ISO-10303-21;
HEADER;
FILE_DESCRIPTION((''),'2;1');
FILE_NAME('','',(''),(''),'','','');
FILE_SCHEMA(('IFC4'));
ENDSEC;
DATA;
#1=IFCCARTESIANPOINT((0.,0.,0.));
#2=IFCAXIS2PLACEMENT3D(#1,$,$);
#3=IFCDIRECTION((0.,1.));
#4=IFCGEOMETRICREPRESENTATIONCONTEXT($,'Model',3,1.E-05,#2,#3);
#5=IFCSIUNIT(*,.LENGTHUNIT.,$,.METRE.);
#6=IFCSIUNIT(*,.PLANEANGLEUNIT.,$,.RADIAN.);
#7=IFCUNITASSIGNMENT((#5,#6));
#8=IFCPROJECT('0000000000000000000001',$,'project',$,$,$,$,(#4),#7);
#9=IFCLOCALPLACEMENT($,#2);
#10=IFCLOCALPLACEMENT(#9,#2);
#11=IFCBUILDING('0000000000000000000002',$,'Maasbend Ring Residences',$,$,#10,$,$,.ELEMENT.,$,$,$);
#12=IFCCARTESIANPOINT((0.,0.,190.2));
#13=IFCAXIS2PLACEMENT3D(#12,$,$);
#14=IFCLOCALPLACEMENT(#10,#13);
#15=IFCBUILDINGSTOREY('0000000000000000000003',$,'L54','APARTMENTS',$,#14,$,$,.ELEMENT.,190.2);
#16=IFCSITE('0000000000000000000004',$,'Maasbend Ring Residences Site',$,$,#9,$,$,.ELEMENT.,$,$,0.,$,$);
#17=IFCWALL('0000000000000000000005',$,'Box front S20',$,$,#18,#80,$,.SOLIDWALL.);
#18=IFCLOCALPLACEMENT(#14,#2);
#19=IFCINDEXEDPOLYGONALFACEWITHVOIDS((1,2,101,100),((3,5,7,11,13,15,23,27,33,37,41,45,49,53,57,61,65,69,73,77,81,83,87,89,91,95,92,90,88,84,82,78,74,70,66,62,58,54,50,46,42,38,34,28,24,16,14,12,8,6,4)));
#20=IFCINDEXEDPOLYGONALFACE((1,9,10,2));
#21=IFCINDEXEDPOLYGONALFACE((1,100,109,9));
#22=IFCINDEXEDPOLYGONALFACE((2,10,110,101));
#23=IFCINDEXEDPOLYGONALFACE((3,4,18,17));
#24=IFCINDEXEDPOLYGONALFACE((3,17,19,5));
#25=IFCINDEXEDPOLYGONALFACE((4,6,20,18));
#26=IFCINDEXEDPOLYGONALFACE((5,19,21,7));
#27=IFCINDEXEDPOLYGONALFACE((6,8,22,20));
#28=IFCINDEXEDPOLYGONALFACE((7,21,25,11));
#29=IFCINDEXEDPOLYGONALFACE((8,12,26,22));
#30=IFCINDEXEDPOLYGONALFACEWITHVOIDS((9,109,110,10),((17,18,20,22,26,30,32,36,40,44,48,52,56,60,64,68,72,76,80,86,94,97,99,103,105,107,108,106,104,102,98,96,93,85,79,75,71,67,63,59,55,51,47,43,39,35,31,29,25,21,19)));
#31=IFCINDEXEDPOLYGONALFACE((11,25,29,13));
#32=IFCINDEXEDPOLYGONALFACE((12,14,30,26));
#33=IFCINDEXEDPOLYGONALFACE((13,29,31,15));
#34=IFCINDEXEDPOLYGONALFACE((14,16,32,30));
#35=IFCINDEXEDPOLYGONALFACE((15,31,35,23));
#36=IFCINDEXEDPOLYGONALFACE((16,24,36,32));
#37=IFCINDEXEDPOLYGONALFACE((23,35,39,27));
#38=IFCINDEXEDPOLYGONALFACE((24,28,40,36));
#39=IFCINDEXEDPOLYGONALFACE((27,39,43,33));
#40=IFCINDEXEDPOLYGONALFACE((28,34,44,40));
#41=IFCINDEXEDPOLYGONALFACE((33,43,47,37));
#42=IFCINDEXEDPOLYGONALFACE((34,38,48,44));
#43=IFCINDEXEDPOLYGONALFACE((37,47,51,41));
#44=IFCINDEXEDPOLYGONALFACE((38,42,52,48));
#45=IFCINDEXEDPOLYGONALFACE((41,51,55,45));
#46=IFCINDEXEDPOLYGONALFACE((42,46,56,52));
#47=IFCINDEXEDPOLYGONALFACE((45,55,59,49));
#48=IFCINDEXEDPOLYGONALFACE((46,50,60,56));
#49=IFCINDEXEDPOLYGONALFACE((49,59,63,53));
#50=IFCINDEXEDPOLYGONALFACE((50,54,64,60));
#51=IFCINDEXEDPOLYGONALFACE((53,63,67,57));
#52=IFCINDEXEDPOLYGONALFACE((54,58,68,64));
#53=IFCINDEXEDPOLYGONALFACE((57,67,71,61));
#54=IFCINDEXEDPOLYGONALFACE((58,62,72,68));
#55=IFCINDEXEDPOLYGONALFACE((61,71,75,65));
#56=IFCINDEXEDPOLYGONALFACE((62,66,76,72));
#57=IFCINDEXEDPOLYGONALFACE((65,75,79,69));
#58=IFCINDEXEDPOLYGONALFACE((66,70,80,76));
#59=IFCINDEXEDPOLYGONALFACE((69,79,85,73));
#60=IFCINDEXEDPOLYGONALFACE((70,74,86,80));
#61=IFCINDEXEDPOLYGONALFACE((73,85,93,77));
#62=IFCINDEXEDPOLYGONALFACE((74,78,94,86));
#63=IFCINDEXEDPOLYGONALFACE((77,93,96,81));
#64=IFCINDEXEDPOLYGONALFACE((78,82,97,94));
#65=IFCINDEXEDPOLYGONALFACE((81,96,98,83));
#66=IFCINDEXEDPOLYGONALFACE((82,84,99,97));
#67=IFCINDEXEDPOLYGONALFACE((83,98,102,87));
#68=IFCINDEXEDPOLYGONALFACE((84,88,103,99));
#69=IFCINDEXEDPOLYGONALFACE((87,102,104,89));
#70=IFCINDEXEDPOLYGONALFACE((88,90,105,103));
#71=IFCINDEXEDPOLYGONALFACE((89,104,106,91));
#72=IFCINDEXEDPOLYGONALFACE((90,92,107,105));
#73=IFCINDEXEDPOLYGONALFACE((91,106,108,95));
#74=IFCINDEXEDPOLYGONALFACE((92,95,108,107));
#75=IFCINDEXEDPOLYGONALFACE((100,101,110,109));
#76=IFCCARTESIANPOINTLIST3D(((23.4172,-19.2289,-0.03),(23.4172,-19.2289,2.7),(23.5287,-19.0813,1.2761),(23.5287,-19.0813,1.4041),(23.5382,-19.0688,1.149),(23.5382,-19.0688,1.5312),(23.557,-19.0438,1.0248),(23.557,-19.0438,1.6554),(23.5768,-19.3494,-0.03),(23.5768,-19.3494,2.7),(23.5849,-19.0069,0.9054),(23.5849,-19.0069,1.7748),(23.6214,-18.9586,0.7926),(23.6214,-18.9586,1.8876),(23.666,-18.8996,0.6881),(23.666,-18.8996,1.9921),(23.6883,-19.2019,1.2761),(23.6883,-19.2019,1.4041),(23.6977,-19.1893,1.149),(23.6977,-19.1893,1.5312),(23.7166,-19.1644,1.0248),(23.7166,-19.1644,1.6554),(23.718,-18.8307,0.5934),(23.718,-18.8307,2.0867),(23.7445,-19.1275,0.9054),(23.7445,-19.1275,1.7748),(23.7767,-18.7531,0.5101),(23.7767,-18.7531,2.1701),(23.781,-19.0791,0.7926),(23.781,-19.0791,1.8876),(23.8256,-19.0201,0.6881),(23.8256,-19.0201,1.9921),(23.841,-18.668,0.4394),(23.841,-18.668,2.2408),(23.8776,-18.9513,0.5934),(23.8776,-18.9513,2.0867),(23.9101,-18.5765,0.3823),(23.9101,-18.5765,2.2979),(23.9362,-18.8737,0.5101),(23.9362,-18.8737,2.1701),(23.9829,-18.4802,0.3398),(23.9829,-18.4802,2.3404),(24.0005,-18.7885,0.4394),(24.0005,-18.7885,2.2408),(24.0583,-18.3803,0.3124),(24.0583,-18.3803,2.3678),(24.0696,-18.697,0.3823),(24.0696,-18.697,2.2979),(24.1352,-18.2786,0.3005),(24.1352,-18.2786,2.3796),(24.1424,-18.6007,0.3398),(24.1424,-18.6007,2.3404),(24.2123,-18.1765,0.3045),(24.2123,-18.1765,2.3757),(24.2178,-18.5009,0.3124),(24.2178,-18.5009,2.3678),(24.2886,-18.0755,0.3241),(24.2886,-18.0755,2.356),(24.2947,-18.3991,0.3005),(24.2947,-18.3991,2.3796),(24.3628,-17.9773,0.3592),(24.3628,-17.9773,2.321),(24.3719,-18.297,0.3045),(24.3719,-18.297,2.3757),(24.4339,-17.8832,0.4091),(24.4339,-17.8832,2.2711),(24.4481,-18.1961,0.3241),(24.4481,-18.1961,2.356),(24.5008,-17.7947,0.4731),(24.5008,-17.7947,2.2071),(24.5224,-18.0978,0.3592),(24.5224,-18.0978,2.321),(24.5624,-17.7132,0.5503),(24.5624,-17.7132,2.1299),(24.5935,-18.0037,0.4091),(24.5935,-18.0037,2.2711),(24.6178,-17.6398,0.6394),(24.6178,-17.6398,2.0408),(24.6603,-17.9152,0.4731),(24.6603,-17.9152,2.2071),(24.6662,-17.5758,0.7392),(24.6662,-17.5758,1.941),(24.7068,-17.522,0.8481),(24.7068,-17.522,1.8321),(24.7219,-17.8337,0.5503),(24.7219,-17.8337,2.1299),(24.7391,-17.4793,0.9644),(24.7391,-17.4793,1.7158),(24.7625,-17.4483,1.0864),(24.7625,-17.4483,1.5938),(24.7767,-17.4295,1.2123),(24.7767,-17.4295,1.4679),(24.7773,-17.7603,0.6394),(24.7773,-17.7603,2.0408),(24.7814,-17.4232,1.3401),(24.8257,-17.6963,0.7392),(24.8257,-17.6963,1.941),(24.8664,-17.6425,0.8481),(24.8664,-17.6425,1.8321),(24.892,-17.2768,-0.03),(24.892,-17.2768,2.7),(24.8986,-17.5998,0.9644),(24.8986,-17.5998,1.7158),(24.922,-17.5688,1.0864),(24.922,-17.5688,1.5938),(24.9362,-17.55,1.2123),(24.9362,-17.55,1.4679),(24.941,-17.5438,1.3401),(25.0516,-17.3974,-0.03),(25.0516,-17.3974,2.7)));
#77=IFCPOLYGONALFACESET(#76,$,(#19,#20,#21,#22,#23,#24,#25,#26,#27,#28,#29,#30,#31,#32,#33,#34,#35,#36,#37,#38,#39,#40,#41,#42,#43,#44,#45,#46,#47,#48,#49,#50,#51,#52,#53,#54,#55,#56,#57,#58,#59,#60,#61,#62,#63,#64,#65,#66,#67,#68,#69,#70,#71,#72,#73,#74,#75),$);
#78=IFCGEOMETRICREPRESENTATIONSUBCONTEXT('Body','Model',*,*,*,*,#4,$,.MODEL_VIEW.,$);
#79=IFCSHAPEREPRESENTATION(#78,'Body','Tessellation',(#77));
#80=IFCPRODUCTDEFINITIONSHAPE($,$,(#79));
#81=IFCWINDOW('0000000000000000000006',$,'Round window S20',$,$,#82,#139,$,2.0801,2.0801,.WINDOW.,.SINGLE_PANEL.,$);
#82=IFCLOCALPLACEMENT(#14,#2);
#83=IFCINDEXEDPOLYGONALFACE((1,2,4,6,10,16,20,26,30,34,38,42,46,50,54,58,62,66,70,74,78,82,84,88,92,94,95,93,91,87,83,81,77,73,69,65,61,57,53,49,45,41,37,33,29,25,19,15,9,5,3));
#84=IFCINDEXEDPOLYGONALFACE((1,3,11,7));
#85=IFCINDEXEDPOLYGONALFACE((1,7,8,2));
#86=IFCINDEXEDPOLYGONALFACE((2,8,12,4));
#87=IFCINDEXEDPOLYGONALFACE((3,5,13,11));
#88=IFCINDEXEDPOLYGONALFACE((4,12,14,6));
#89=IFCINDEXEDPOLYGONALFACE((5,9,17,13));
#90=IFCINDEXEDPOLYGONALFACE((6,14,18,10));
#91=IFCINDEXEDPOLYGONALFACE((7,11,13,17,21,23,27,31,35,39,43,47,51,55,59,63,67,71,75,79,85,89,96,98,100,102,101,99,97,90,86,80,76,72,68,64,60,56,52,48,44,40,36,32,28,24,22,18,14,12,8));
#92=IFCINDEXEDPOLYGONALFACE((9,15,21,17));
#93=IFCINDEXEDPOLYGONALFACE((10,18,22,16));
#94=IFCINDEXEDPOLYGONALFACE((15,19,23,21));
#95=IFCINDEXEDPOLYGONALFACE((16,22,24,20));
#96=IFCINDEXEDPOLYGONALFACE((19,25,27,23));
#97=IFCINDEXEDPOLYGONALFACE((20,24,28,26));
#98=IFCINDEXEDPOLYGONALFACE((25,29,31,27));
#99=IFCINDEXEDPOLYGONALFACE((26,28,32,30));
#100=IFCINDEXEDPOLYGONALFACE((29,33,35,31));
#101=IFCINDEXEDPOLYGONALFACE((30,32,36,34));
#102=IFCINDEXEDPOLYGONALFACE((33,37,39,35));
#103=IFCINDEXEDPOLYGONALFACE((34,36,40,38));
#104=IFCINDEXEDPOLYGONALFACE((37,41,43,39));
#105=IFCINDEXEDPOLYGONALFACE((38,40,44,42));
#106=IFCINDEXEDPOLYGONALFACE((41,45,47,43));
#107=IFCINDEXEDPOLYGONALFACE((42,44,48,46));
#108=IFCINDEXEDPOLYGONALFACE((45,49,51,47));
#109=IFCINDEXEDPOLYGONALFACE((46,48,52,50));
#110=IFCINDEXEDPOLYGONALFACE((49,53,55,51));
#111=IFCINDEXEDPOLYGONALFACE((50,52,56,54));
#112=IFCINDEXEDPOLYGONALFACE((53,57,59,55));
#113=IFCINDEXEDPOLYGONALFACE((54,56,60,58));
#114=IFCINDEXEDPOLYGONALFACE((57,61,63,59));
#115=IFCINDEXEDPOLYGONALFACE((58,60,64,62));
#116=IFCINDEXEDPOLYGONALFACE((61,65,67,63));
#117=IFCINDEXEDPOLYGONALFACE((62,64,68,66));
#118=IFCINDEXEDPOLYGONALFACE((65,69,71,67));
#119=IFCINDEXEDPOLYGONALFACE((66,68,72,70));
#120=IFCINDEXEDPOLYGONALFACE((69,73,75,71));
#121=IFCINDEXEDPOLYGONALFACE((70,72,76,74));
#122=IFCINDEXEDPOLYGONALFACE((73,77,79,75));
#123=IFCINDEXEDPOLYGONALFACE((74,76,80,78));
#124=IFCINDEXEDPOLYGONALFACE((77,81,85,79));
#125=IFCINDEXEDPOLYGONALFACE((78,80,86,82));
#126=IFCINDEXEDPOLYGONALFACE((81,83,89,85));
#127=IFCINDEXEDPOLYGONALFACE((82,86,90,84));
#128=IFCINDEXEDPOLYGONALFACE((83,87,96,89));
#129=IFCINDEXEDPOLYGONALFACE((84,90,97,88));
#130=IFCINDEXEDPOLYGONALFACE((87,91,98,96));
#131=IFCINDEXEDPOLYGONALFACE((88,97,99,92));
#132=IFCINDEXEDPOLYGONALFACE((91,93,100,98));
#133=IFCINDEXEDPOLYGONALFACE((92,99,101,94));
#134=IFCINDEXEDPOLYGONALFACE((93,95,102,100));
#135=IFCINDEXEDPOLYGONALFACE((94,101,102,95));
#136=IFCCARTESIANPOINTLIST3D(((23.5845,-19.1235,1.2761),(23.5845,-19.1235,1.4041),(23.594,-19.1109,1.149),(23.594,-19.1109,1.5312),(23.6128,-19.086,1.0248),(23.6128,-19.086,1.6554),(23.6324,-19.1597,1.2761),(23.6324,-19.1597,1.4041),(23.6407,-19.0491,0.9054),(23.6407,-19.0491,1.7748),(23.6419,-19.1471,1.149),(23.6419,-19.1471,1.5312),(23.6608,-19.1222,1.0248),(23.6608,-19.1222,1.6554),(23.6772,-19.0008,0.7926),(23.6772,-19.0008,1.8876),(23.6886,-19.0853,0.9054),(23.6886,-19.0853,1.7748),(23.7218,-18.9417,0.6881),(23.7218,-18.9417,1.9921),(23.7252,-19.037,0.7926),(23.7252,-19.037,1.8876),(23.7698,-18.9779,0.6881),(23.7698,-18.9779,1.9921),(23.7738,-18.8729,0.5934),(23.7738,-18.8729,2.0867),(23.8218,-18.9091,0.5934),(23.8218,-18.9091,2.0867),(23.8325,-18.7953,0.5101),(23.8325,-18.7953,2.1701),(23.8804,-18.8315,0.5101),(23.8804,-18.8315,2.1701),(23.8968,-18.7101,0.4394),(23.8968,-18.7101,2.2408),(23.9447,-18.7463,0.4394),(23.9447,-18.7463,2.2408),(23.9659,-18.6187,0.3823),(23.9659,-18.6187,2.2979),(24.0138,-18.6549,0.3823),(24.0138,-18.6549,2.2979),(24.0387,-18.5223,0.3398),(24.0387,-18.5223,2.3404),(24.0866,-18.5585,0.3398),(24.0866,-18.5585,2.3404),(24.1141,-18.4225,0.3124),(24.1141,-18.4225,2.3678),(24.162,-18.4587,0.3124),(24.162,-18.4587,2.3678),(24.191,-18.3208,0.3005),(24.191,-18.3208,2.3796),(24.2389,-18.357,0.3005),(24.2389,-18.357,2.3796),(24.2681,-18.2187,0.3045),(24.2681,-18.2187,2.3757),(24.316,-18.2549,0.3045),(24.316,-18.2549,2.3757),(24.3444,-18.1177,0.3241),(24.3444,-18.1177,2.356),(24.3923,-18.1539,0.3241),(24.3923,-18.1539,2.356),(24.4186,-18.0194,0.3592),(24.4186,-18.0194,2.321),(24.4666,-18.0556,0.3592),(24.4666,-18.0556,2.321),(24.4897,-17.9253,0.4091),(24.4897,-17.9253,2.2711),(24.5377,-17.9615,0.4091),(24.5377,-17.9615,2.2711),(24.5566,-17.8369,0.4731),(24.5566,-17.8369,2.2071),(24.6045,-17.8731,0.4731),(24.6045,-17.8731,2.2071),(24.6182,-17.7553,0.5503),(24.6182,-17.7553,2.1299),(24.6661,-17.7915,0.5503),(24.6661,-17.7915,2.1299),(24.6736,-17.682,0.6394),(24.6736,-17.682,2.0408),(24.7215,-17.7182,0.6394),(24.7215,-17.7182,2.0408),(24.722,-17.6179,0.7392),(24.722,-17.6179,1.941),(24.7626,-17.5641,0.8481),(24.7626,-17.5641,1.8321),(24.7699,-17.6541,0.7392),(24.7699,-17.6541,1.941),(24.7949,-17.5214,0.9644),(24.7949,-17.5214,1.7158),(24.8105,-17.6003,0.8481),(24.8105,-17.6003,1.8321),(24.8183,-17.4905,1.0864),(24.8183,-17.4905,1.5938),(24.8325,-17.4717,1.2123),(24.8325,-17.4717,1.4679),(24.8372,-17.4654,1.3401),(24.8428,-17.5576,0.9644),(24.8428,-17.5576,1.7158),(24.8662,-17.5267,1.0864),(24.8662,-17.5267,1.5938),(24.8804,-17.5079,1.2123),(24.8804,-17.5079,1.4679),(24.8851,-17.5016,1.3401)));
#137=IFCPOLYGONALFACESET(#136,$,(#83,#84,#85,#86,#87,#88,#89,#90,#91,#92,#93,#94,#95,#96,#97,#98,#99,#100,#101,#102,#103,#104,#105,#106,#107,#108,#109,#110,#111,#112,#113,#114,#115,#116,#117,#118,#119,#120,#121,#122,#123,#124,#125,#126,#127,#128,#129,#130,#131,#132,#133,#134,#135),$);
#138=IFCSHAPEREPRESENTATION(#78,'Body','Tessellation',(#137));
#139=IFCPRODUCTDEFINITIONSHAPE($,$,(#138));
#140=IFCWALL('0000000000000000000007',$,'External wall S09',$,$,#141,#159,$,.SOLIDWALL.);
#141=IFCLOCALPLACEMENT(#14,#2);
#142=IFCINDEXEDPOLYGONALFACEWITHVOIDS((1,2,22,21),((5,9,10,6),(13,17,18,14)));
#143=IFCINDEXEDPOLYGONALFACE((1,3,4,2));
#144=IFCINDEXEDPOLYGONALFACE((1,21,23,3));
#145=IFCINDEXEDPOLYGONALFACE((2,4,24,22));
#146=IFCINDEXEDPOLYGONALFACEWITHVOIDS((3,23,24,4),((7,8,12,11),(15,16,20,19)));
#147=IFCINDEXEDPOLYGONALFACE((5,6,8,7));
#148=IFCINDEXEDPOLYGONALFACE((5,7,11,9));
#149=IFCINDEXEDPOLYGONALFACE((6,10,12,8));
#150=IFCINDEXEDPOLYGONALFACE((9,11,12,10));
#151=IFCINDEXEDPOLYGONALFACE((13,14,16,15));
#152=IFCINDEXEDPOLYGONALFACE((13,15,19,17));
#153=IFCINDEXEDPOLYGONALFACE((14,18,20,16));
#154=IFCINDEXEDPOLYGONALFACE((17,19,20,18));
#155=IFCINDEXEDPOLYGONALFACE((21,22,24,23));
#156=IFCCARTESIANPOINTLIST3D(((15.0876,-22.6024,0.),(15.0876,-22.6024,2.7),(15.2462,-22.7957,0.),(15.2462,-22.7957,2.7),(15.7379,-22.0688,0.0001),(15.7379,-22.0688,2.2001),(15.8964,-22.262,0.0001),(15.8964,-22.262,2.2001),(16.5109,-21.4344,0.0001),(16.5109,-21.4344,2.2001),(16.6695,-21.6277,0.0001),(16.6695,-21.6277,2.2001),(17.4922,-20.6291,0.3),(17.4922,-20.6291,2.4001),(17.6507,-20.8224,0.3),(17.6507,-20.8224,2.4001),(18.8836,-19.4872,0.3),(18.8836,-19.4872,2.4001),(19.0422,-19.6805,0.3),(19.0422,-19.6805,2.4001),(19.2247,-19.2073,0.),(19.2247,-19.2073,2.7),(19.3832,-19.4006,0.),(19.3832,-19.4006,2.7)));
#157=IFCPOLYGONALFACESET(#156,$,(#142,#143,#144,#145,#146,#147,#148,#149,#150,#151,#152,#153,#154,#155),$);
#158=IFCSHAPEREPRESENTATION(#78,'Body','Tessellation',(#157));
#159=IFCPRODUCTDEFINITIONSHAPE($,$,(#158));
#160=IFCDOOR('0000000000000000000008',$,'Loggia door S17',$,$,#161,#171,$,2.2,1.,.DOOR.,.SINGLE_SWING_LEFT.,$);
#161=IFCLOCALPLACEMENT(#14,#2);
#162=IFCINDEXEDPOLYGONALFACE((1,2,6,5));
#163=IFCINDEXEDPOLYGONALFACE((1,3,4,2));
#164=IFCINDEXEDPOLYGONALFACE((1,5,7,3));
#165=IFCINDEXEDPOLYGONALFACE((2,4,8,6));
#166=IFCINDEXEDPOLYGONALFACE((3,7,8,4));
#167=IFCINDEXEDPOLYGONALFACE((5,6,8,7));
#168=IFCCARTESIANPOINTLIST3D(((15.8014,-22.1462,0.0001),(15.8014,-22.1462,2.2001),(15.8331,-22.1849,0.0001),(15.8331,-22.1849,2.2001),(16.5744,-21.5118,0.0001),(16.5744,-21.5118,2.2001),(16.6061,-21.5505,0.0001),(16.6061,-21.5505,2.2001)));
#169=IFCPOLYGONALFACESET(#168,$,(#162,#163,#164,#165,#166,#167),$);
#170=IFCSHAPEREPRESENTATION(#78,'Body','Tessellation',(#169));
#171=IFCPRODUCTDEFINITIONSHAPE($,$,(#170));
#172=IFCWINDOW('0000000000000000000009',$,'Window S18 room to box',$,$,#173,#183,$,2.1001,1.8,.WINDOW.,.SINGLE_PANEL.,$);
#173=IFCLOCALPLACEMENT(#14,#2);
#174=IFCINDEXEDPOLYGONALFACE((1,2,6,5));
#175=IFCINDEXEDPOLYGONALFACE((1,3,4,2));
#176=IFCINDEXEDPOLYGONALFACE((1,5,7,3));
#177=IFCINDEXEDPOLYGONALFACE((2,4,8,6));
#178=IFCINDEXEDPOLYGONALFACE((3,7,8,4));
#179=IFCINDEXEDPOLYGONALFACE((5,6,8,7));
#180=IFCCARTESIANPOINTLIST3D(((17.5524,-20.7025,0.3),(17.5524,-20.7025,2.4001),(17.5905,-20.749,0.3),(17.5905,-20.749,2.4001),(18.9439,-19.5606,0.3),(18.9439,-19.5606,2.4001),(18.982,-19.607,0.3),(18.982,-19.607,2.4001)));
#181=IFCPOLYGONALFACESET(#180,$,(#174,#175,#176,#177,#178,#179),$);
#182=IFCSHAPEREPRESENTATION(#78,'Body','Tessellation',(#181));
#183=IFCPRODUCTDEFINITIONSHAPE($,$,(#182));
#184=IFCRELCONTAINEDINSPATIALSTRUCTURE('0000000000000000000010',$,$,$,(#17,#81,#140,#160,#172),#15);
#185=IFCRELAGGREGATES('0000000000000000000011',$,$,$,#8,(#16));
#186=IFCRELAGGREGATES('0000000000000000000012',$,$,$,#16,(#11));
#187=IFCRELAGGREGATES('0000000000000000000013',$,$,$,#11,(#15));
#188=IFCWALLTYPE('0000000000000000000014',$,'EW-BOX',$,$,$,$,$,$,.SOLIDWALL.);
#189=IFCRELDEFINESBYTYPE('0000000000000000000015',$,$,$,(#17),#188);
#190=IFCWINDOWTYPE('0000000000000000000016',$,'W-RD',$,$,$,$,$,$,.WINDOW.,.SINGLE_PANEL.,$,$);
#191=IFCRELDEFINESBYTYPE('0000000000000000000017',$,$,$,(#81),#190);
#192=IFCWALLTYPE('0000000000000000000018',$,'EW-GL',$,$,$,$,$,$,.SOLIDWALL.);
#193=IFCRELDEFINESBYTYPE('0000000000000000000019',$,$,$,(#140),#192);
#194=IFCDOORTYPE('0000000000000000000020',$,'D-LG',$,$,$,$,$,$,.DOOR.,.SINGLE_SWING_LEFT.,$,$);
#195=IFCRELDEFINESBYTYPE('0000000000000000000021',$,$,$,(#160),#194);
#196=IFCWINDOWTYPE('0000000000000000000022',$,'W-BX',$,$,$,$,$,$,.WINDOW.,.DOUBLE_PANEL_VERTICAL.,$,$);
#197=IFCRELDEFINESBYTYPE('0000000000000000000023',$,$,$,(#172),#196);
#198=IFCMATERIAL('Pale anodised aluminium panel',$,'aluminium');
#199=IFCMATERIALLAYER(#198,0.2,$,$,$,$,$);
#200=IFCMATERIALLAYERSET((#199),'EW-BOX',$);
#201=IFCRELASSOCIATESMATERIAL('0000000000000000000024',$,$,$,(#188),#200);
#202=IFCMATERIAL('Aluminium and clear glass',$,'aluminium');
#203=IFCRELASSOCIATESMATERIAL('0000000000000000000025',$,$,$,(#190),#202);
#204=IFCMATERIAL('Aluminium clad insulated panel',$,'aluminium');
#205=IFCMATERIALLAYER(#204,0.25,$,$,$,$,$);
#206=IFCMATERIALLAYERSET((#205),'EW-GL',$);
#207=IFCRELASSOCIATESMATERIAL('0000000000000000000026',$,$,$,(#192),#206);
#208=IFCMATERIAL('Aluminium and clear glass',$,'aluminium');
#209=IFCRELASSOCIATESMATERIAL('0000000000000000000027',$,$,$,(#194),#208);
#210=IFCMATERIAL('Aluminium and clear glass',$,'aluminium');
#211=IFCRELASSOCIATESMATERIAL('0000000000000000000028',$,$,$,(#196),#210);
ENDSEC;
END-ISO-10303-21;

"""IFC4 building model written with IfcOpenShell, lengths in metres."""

from ifc_helpers import new_model, si_unit, direction, frame, frame_2d, origin, place, context, subcontext, project, spatial, rectangle, circle, extrude, material, layer, layer_set, type_object, element, fill, save


model = new_model("IFC4")

# Units and contexts
model_context = context("Model", 3, precision=1e-05, world=origin(), true_north=direction((0.0, 1.0)))
body_context = subcontext(model_context, "Body", "Model", "MODEL_VIEW")
ifc_project = project(units=[si_unit("LENGTHUNIT", "METRE"), si_unit("PLANEANGLEUNIT", "RADIAN")], contexts=[model_context])

# Site, building, storey
site_placement = place(None, origin())
site = spatial("IfcSite", under=ifc_project, at=site_placement, Name="Maasbend Ring Residences Site", CompositionType="ELEMENT", RefElevation=0.0)
building_placement = place(site_placement, origin())
building = spatial("IfcBuilding", under=site, at=building_placement, Name="Maasbend Ring Residences", CompositionType="ELEMENT")
storey_placement = place(building_placement, frame((0.0, 0.0, 190.2)))
storey = spatial("IfcBuildingStorey", under=building, at=storey_placement, Name="L54", Description="APARTMENTS", CompositionType="ELEMENT", Elevation=190.2)

# Shared definitions
ifc_material_1 = material(Name="Pale anodised aluminium panel", Category="aluminium")
ifc_layer_1 = layer(ifc_material_1, 0.2)
ifc_layer_set_1 = layer_set([ifc_layer_1], Name="EW-BOX")
wall_type_1 = type_object("IfcWallType", Name="EW-BOX", PredefinedType="SOLIDWALL", material=ifc_layer_set_1)
ifc_material_2 = material(Name="Aluminium and clear glass", Category="aluminium")
window_type_1 = type_object("IfcWindowType", Name="W-RD", PartitioningType="SINGLE_PANEL", PredefinedType="WINDOW", material=ifc_material_2)

# Wall, opening, window
wall_1_placement = place(storey_placement, frame((23.4971, -19.2891, -0.03), z_axis=(0.0, 0.0, 1.0), x_axis=(0.602806, 0.797888, 0.0)))
wall_1 = element("IfcWall", 1, at=wall_1_placement, inside=storey, type_object=wall_type_1, Name="Box front S20", PredefinedType="SOLIDWALL", context=body_context, shape_type="SweptSolid", body=[
    extrude(rectangle(XDim=2.4465, YDim=0.2, at=frame_2d((1.2231, 0.0))), origin(), (0.0, 0.0, 1.0), 2.73),
])
opening_1_placement = place(wall_1_placement, frame((0.1829, 0.0, 0.3301)))
opening_1 = element("IfcOpeningElement", 2, at=opening_1_placement, cuts=wall_1, PredefinedType="OPENING", context=body_context, shape_type="SweptSolid", body=[
    extrude(circle(Radius=1.04, at=frame_2d((1.04, 1.04))), frame((0.0, 0.1099, 0.0), z_axis=(0.0, -1.0, 0.0), x_axis=(1.0, 0.0, 0.0)), (0.0, 0.0, 1.0), 0.22),
])
window_1_placement = place(opening_1_placement, origin())
window_1 = element("IfcWindow", 3, at=window_1_placement, inside=storey, type_object=window_type_1, Name="Round window S20", OverallHeight=2.0801, OverallWidth=2.0801, PartitioningType="SINGLE_PANEL", PredefinedType="WINDOW", context=body_context, shape_type="SweptSolid", body=[
    extrude(circle(Radius=1.04, at=frame_2d((1.04, 1.04))), frame((0.0, 0.03, 0.0), z_axis=(0.0, -1.0, 0.0), x_axis=(1.0, 0.0, 0.0)), (0.0, 0.0, 1.0), 0.0601),
])
fill(opening_1, window_1)

# Wall, openings, door, window
ifc_material_3 = material(Name="Aluminium clad insulated panel", Category="aluminium")
ifc_layer_2 = layer(ifc_material_3, 0.25)
ifc_layer_set_2 = layer_set([ifc_layer_2], Name="EW-GL")
wall_type_2 = type_object("IfcWallType", Name="EW-GL", PredefinedType="SOLIDWALL", material=ifc_layer_set_2)
wall_2_placement = place(storey_placement, frame((15.167, -22.699, 0.0), z_axis=(0.0, 0.0, 1.0), x_axis=(0.773019, 0.634382, 0.0)))
wall_2 = element("IfcWall", 4, at=wall_2_placement, inside=storey, type_object=wall_type_2, Name="External wall S09", PredefinedType="SOLIDWALL", context=body_context, shape_type="SweptSolid", body=[
    extrude(rectangle(XDim=5.3518, YDim=0.25, at=frame_2d((2.6758, 0.0))), origin(), (0.0, 0.0, 1.0), 2.7),
])
opening_2_placement = place(wall_2_placement, frame((0.8411, 0.0, 0.0)))
opening_2 = element("IfcOpeningElement", 5, at=opening_2_placement, cuts=wall_2, PredefinedType="OPENING", context=body_context, shape_type="SweptSolid", body=[
    extrude(rectangle(XDim=1.0, YDim=2.2, at=frame_2d((0.5, 1.1001))), frame((0.0, 0.135, 0.0), z_axis=(0.0, -1.0, 0.0), x_axis=(1.0, 0.0, 0.0)), (0.0, 0.0, 1.0), 0.27),
])
opening_3_placement = place(wall_2_placement, frame((3.1106, 0.0, 0.3)))
opening_3 = element("IfcOpeningElement", 6, at=opening_3_placement, cuts=wall_2, PredefinedType="OPENING", context=body_context, shape_type="SweptSolid", body=[
    extrude(rectangle(XDim=1.8, YDim=2.1001, at=frame_2d((0.8999, 1.05))), frame((0.0, 0.135, 0.0), z_axis=(0.0, -1.0, 0.0), x_axis=(1.0, 0.0, 0.0)), (0.0, 0.0, 1.0), 0.27),
])
ifc_material_4 = material(Name="Aluminium and clear glass", Category="aluminium")
door_type_1 = type_object("IfcDoorType", Name="D-LG", OperationType="SINGLE_SWING_LEFT", PredefinedType="DOOR", material=ifc_material_4)
door_1_placement = place(opening_2_placement, origin())
door_1 = element("IfcDoor", 7, at=door_1_placement, inside=storey, type_object=door_type_1, Name="Loggia door S17", OperationType="SINGLE_SWING_LEFT", OverallHeight=2.2, OverallWidth=1.0, PredefinedType="DOOR", context=body_context, shape_type="SweptSolid", body=[
    extrude(rectangle(XDim=1.0, YDim=2.2, at=frame_2d((0.5, 1.1001))), frame((0.0, 0.0249, 0.0), z_axis=(0.0, -1.0, 0.0), x_axis=(1.0, 0.0, 0.0)), (0.0, 0.0, 1.0), 0.05),
])
fill(opening_2, door_1)
ifc_material_5 = material(Name="Aluminium and clear glass", Category="aluminium")
window_type_2 = type_object("IfcWindowType", Name="W-BX", PartitioningType="DOUBLE_PANEL_VERTICAL", PredefinedType="WINDOW", material=ifc_material_5)
window_2_placement = place(opening_3_placement, origin())
window_2 = element("IfcWindow", 8, at=window_2_placement, inside=storey, type_object=window_type_2, Name="Window S18 room to box", OverallHeight=2.1001, OverallWidth=1.8, PartitioningType="SINGLE_PANEL", PredefinedType="WINDOW", context=body_context, shape_type="SweptSolid", body=[
    extrude(rectangle(XDim=1.8, YDim=2.1001, at=frame_2d((0.8999, 1.05))), frame((0.0, 0.03, 0.0), z_axis=(0.0, -1.0, 0.0), x_axis=(1.0, 0.0, 0.0)), (0.0, 0.0, 1.0), 0.0601),
])
fill(opening_3, window_2)

save(model, "model.ifc")
